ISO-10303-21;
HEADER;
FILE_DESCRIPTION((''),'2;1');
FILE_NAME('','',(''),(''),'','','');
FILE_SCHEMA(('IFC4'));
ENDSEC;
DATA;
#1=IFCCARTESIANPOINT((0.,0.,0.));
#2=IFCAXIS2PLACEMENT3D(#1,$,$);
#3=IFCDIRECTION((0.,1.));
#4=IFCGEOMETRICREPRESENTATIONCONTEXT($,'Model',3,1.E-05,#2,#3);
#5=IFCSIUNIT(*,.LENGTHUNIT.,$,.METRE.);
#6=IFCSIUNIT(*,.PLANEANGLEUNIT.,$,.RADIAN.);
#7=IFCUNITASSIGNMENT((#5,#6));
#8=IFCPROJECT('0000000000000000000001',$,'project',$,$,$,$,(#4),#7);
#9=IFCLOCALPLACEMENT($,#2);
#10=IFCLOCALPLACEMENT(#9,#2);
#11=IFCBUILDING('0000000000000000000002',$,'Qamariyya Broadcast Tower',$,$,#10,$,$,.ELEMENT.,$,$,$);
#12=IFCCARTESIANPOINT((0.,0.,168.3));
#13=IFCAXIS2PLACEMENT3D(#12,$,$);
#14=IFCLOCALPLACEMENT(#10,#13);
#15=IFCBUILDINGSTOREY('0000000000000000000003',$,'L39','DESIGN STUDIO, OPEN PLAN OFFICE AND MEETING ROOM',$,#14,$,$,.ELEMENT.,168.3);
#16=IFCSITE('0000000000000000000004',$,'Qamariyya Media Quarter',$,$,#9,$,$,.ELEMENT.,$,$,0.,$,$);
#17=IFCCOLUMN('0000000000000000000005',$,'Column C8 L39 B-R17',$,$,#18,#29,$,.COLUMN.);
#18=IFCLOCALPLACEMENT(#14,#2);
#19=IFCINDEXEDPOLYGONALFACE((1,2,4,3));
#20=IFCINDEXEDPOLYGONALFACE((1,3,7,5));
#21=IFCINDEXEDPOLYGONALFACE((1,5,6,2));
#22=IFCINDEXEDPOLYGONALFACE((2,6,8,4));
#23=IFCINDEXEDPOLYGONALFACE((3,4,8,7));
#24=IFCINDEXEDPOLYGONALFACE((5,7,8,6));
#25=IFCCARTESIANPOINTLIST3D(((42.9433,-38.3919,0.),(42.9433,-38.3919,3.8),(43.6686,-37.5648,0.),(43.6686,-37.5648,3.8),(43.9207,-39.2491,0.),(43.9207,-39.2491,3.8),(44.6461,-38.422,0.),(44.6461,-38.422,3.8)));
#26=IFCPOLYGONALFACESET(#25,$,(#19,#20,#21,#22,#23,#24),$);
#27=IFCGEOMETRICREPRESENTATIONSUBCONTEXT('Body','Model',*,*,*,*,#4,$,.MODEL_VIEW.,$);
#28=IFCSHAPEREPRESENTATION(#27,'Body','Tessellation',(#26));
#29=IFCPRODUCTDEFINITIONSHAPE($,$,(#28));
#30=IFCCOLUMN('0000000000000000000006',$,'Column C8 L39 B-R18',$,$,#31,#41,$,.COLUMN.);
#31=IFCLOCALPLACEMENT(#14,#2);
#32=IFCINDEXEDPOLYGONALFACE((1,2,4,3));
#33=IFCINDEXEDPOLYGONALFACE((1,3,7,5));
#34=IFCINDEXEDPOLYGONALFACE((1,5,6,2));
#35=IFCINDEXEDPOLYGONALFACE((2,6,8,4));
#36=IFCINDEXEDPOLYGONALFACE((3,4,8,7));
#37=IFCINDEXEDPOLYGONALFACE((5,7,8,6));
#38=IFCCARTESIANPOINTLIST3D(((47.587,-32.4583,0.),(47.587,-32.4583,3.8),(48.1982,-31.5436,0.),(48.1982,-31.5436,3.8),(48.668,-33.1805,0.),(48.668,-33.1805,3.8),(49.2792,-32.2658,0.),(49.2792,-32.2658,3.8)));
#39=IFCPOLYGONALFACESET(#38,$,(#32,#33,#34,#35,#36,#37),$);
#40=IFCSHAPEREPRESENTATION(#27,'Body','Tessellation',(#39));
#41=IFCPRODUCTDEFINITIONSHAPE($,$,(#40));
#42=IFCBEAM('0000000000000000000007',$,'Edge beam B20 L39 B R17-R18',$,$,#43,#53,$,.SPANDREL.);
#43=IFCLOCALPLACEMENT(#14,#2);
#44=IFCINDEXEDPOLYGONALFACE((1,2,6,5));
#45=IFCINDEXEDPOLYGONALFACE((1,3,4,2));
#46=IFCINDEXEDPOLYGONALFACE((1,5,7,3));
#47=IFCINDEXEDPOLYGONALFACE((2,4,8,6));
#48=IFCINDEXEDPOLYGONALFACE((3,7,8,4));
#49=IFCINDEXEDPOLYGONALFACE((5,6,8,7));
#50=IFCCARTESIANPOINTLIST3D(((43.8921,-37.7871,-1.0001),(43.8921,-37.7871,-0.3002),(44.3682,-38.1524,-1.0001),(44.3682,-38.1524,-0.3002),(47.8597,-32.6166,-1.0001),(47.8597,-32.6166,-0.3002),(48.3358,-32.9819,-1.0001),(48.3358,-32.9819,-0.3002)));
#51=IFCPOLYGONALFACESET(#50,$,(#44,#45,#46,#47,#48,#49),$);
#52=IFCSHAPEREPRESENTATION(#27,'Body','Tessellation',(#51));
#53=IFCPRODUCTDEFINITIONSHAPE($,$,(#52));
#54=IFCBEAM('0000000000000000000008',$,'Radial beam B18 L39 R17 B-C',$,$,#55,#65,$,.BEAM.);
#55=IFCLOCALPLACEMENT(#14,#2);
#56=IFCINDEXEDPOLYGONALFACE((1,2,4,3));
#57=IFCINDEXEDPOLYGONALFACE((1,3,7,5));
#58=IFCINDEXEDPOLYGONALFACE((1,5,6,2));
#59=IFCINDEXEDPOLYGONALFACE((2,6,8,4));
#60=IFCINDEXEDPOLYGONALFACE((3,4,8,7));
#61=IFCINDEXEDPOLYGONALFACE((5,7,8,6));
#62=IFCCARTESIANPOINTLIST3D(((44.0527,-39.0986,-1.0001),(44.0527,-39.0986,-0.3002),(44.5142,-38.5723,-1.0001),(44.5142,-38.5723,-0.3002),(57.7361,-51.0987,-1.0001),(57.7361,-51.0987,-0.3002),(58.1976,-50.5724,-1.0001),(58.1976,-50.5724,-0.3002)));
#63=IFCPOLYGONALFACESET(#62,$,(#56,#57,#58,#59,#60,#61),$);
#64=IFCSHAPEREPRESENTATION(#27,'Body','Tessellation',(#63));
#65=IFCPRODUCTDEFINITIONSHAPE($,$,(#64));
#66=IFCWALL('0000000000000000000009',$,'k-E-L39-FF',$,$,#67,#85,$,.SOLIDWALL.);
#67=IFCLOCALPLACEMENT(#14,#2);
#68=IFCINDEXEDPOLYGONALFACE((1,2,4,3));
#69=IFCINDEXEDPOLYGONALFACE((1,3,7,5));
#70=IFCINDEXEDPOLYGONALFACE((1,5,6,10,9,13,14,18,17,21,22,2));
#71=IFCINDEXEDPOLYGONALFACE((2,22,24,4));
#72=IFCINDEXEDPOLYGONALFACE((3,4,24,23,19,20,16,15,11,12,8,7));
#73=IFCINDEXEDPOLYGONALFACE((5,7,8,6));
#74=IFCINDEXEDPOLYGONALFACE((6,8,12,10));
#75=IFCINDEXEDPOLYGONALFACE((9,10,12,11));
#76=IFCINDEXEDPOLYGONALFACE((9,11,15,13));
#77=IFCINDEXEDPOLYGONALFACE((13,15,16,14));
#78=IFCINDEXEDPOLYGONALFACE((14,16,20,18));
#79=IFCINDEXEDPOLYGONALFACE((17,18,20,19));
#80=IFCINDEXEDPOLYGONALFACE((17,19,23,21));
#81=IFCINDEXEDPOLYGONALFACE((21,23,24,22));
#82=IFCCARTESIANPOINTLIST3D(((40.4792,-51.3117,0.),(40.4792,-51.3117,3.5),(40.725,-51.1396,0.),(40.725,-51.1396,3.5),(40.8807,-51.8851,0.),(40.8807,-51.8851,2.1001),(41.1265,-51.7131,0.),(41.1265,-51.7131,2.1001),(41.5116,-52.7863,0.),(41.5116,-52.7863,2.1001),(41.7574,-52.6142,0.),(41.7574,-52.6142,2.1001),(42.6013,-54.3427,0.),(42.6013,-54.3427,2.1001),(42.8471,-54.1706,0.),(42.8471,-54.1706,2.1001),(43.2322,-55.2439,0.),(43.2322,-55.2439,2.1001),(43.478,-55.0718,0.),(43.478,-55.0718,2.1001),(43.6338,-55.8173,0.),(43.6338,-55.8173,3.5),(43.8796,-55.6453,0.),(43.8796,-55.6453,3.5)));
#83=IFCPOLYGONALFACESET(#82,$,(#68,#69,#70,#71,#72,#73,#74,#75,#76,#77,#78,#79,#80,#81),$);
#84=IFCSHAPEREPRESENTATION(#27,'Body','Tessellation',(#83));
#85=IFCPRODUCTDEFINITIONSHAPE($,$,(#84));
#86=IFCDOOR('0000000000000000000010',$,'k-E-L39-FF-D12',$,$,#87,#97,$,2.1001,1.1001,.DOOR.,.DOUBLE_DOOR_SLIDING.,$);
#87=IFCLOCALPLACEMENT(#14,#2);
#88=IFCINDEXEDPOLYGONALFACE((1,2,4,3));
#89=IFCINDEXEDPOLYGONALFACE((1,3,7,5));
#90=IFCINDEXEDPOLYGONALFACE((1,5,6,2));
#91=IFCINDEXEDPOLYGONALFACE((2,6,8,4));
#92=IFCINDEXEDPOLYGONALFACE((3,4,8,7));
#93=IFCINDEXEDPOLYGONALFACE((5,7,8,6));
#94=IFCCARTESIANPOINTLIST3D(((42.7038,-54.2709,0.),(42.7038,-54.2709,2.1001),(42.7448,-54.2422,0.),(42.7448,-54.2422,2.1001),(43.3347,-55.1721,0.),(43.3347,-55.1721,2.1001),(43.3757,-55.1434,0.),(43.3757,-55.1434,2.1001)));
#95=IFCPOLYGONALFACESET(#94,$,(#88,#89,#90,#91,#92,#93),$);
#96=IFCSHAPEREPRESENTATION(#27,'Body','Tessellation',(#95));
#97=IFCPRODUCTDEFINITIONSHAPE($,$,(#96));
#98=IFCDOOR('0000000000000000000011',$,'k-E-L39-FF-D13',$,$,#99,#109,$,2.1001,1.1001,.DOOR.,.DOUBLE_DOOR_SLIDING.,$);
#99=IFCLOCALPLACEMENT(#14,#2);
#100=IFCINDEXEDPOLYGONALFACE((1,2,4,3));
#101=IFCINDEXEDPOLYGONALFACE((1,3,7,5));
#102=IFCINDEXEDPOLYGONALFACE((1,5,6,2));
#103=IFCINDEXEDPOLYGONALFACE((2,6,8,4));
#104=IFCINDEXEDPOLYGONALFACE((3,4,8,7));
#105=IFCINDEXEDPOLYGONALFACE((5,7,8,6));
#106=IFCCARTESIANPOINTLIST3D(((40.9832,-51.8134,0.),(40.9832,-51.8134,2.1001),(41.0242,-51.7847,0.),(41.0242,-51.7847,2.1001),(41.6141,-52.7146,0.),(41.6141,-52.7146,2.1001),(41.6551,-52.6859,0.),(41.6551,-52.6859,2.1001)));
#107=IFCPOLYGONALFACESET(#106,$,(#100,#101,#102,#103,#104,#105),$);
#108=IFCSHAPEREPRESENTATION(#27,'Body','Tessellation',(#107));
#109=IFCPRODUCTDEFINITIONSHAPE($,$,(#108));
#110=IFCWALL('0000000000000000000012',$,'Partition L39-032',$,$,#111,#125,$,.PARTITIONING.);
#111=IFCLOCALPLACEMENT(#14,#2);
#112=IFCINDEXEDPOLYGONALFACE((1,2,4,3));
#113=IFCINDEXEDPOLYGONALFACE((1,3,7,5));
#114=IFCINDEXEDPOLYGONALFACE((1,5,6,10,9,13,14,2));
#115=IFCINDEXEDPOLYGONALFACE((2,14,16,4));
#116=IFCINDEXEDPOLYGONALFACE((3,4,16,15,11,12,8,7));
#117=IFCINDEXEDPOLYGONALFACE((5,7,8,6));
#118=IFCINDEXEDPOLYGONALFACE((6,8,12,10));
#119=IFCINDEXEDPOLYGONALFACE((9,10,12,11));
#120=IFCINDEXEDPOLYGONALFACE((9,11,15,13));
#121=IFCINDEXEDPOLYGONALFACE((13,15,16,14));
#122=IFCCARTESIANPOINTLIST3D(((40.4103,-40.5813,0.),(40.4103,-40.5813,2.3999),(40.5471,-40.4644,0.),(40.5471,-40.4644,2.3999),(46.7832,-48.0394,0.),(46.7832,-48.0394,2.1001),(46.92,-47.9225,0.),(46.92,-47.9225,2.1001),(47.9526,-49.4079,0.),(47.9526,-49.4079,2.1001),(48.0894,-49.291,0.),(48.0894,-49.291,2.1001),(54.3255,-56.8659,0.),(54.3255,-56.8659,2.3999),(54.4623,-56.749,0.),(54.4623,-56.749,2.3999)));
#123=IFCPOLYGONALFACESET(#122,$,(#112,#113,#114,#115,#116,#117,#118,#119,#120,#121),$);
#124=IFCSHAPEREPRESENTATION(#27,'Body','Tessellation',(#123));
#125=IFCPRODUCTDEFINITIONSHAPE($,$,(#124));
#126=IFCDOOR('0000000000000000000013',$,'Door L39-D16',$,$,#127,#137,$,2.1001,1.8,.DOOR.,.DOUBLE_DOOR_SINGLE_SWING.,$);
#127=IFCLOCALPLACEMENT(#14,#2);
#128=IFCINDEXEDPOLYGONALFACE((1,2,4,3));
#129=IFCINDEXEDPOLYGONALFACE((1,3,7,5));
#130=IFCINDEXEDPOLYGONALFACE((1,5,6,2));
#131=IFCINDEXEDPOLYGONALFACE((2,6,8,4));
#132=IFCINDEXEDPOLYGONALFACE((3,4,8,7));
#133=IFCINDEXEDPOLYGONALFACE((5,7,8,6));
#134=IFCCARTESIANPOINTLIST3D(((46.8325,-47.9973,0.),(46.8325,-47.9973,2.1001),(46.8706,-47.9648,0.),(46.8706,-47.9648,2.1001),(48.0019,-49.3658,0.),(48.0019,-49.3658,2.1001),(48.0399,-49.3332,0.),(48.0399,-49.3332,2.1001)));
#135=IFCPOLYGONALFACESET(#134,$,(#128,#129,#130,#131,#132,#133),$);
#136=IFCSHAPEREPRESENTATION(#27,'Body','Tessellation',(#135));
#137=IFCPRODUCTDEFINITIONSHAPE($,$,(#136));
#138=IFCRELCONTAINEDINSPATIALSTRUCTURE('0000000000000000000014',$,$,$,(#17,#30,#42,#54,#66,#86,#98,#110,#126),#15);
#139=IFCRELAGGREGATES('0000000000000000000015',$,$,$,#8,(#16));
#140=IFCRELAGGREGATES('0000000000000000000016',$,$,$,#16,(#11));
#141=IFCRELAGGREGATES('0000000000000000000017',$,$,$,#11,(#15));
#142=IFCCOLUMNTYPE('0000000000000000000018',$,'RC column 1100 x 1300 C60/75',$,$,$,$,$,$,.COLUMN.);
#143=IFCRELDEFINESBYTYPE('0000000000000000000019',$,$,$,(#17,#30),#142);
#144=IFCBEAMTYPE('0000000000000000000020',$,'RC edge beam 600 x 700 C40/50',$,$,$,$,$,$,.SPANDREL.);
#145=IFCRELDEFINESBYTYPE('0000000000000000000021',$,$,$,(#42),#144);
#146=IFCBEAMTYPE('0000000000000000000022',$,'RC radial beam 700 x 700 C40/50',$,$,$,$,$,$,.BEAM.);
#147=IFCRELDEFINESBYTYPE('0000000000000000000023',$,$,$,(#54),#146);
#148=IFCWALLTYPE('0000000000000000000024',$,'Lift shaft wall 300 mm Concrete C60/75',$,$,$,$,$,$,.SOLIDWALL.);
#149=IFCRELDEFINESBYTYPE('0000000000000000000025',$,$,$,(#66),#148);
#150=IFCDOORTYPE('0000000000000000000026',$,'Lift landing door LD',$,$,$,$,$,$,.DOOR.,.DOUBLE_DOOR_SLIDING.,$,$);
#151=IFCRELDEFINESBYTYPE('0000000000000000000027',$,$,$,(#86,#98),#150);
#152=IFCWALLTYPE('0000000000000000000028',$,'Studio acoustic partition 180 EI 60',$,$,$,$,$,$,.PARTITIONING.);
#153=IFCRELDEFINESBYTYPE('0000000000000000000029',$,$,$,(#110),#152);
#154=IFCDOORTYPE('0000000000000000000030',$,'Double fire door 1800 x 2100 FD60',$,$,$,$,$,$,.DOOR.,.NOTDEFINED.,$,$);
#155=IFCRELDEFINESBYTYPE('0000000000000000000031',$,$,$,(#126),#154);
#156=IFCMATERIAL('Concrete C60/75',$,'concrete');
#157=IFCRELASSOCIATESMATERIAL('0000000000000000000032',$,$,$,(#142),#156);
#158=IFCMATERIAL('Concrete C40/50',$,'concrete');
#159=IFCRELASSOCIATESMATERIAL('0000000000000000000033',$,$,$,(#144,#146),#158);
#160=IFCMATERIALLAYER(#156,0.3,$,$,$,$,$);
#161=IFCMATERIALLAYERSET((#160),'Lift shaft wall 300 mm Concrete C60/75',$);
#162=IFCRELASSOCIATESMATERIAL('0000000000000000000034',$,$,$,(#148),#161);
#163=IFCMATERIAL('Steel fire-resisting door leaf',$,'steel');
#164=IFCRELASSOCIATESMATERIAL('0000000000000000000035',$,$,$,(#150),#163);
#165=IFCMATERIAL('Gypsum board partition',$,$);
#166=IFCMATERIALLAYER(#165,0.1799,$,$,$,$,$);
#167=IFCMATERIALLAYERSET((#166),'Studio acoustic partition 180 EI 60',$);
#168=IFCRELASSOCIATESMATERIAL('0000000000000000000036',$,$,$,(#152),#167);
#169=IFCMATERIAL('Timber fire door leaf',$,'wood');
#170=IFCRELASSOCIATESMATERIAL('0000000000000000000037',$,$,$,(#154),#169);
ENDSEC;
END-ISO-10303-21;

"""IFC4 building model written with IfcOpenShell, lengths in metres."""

from ifc_helpers import new_model, si_unit, direction, frame, frame_2d, origin, origin_2d, place, context, subcontext, project, spatial, rectangle, extrude, material, layer, layer_set, material_profile, profile_set, type_object, element, fill, save


model = new_model("IFC4")

# Units and contexts
model_context = context("Model", 3, precision=1e-05, world=origin(), true_north=direction((0.0, 1.0)))
body_context = subcontext(model_context, "Body", "Model", "MODEL_VIEW")
ifc_project = project(units=[si_unit("LENGTHUNIT", "METRE"), si_unit("PLANEANGLEUNIT", "RADIAN")], contexts=[model_context])

# Site, building, storey
site_placement = place(None, origin())
site = spatial("IfcSite", under=ifc_project, at=site_placement, Name="Qamariyya Media Quarter", CompositionType="ELEMENT", RefElevation=0.0)
building_placement = place(site_placement, origin())
building = spatial("IfcBuilding", under=site, at=building_placement, Name="Qamariyya Broadcast Tower", CompositionType="ELEMENT")
storey_placement = place(building_placement, frame((0.0, 0.0, 168.3)))
storey = spatial("IfcBuildingStorey", under=building, at=storey_placement, Name="L39", Description="DESIGN STUDIO, OPEN PLAN OFFICE AND MEETING ROOM", CompositionType="ELEMENT", Elevation=168.3)

# Columns
ifc_material_1 = material(Name="Concrete C60/75", Category="concrete")
ifc_material_profile_1 = material_profile(ifc_material_1, rectangle(XDim=1.1001, YDim=1.3, at=origin_2d()))
ifc_profile_set_1 = profile_set([ifc_material_profile_1], Name="Concrete C60/75")
column_type = type_object("IfcColumnType", Name="RC column 1100 x 1300 C60/75", PredefinedType="COLUMN", material=ifc_profile_set_1)
for number, where, z_axis, x_axis, name in (
    (1, (43.7947, -38.407, 0.0), (0.0, 0.0, 1.0), (0.659346, 0.75184, 0.0), "Column C8 L39 B-R17"),
    (2, (48.4331, -32.3621, 0.0), (0.0, 0.0, 1.0), (0.55557, 0.83147, 0.0), "Column C8 L39 B-R18"),
):
    element("IfcColumn", number, at=place(storey_placement, frame(where, z_axis=z_axis, x_axis=x_axis)), inside=storey, type_object=column_type, Name=name, PredefinedType="COLUMN", context=body_context, shape_type="SweptSolid", body=[
        extrude(rectangle(XDim=1.1001, YDim=1.3, at=origin_2d()), origin(), (0.0, 0.0, 1.0), 3.8),
    ])

# Beams
ifc_material_2 = material(Name="Concrete C40/50", Category="concrete")
ifc_material_profile_2 = material_profile(ifc_material_2, rectangle(XDim=0.6001, YDim=0.7, at=origin_2d()))
ifc_profile_set_2 = profile_set([ifc_material_profile_2], Name="Concrete C40/50")
beam_type_1 = type_object("IfcBeamType", Name="RC edge beam 600 x 700 C40/50", PredefinedType="SPANDREL", material=ifc_profile_set_2)
beam_1_placement = place(storey_placement, frame((44.1301, -37.9697, -0.6501), z_axis=(0.608774, 0.793343, 0.0), x_axis=(-0.793343, 0.608774, 0.0)))
element("IfcBeam", 3, at=beam_1_placement, inside=storey, type_object=beam_type_1, Name="Edge beam B20 L39 B R17-R18", PredefinedType="SPANDREL", context=body_context, shape_type="SweptSolid", body=[
    extrude(rectangle(XDim=0.6001, YDim=0.7, at=origin_2d()), origin(), (0.0, 0.0, 1.0), 6.5173),
])
ifc_material_profile_3 = material_profile(ifc_material_2, rectangle(XDim=0.7, YDim=0.7, at=origin_2d()))
ifc_profile_set_3 = profile_set([ifc_material_profile_3], Name="Concrete C40/50")
beam_type_2 = type_object("IfcBeamType", Name="RC radial beam 700 x 700 C40/50", PredefinedType="BEAM", material=ifc_profile_set_3)
beam_2_placement = place(storey_placement, frame((44.2834, -38.8354, -0.6501), z_axis=(0.751839, -0.659347, 0.0), x_axis=(0.659347, 0.751839, 0.0)))
element("IfcBeam", 4, at=beam_2_placement, inside=storey, type_object=beam_type_2, Name="Radial beam B18 L39 R17 B-C", PredefinedType="BEAM", context=body_context, shape_type="SweptSolid", body=[
    extrude(rectangle(XDim=0.7, YDim=0.7, at=origin_2d()), origin(), (0.0, 0.0, 1.0), 18.2),
])

# Wall, openings, doors
ifc_layer_1 = layer(ifc_material_1, 0.3)
ifc_layer_set_1 = layer_set([ifc_layer_1], Name="Lift shaft wall 300 mm Concrete C60/75")
wall_type_1 = type_object("IfcWallType", Name="Lift shaft wall 300 mm Concrete C60/75", PredefinedType="SOLIDWALL", material=ifc_layer_set_1)
wall_1_placement = place(storey_placement, frame((43.7566, -55.7312, 0.0), z_axis=(0.0, 0.0, 1.0), x_axis=(-0.573537, 0.81918, 0.0)))
wall_1 = element("IfcWall", 5, at=wall_1_placement, inside=storey, type_object=wall_type_1, Name="k-E-L39-FF", PredefinedType="SOLIDWALL", context=body_context, shape_type="SweptSolid", body=[
    extrude(rectangle(XDim=5.5002, YDim=0.3, at=frame_2d((2.75, 0.0))), origin(), (0.0, 0.0, 1.0), 3.5),
])
opening_1_placement = place(wall_1_placement, frame((0.7, 0.0, 0.0)))
opening_1 = element("IfcOpeningElement", 6, at=opening_1_placement, cuts=wall_1, PredefinedType="OPENING", context=body_context, shape_type="SweptSolid", body=[
    extrude(rectangle(XDim=1.1001, YDim=2.1001, at=frame_2d((0.55, 1.05))), frame((0.0, 0.1599, 0.0), z_axis=(0.0, -1.0, 0.0), x_axis=(1.0, 0.0, 0.0)), (0.0, 0.0, 1.0), 0.3201),
])
opening_2_placement = place(wall_1_placement, frame((3.7, 0.0, 0.0)))
opening_2 = element("IfcOpeningElement", 7, at=opening_2_placement, cuts=wall_1, PredefinedType="OPENING", context=body_context, shape_type="SweptSolid", body=[
    extrude(rectangle(XDim=1.1001, YDim=2.1001, at=frame_2d((0.55, 1.05))), frame((0.0, 0.1599, 0.0), z_axis=(0.0, -1.0, 0.0), x_axis=(1.0, 0.0, 0.0)), (0.0, 0.0, 1.0), 0.3201),
])
ifc_material_3 = material(Name="Steel fire-resisting door leaf", Category="steel")
door_type_1 = type_object("IfcDoorType", Name="Lift landing door LD", OperationType="DOUBLE_DOOR_SLIDING", PredefinedType="DOOR", material=ifc_material_3)
door_1_placement = place(opening_1_placement, origin())
door_1 = element("IfcDoor", 8, at=door_1_placement, inside=storey, type_object=door_type_1, Name="k-E-L39-FF-D12", OperationType="DOUBLE_DOOR_SLIDING", OverallHeight=2.1001, OverallWidth=1.1001, PredefinedType="DOOR", context=body_context, shape_type="SweptSolid", body=[
    extrude(rectangle(XDim=1.1001, YDim=2.1001, at=frame_2d((0.55, 1.05))), frame((0.0, 0.0249, 0.0), z_axis=(0.0, -1.0, 0.0), x_axis=(1.0, 0.0, 0.0)), (0.0, 0.0, 1.0), 0.05),
])
fill(opening_1, door_1)
door_2_placement = place(opening_2_placement, origin())
door_2 = element("IfcDoor", 9, at=door_2_placement, inside=storey, type_object=door_type_1, Name="k-E-L39-FF-D13", OperationType="DOUBLE_DOOR_SLIDING", OverallHeight=2.1001, OverallWidth=1.1001, PredefinedType="DOOR", context=body_context, shape_type="SweptSolid", body=[
    extrude(rectangle(XDim=1.1001, YDim=2.1001, at=frame_2d((0.55, 1.05))), frame((0.0, 0.0249, 0.0), z_axis=(0.0, -1.0, 0.0), x_axis=(1.0, 0.0, 0.0)), (0.0, 0.0, 1.0), 0.05),
])
fill(opening_2, door_2)

# Wall, opening, door
ifc_material_4 = material(Name="Gypsum board partition")
ifc_layer_2 = layer(ifc_material_4, 0.1799)
ifc_layer_set_2 = layer_set([ifc_layer_2], Name="Studio acoustic partition 180 EI 60")
wall_type_2 = type_object("IfcWallType", Name="Studio acoustic partition 180 EI 60", PredefinedType="PARTITIONING", material=ifc_layer_set_2)
wall_2_placement = place(storey_placement, frame((40.4788, -40.5229, 0.0), z_axis=(0.0, 0.0, 1.0), x_axis=(0.649633, -0.760248, 0.0)))
wall_2 = element("IfcWall", 10, at=wall_2_placement, inside=storey, type_object=wall_type_2, Name="Partition L39-032", PredefinedType="PARTITIONING", context=body_context, shape_type="SweptSolid", body=[
    extrude(rectangle(XDim=21.4202, YDim=0.1799, at=frame_2d((10.71, 0.0))), origin(), (0.0, 0.0, 1.0), 2.3999),
])
opening_3_placement = place(wall_2_placement, frame((9.8101, 0.0, 0.0)))
opening_3 = element("IfcOpeningElement", 11, at=opening_3_placement, cuts=wall_2, PredefinedType="OPENING", context=body_context, shape_type="SweptSolid", body=[
    extrude(rectangle(XDim=1.8, YDim=2.1001, at=frame_2d((0.8999, 1.05))), frame((0.0, 0.0999, 0.0), z_axis=(0.0, -1.0, 0.0), x_axis=(1.0, 0.0, 0.0)), (0.0, 0.0, 1.0), 0.2),
])
ifc_material_5 = material(Name="Timber fire door leaf", Category="wood")
door_type_2 = type_object("IfcDoorType", Name="Double fire door 1800 x 2100 FD60", OperationType="NOTDEFINED", PredefinedType="DOOR", material=ifc_material_5)
door_3_placement = place(opening_3_placement, origin())
door_3 = element("IfcDoor", 12, at=door_3_placement, inside=storey, type_object=door_type_2, Name="Door L39-D16", OperationType="DOUBLE_DOOR_SINGLE_SWING", OverallHeight=2.1001, OverallWidth=1.8, PredefinedType="DOOR", context=body_context, shape_type="SweptSolid", body=[
    extrude(rectangle(XDim=1.8, YDim=2.1001, at=frame_2d((0.8999, 1.05))), frame((0.0, 0.0249, 0.0), z_axis=(0.0, -1.0, 0.0), x_axis=(1.0, 0.0, 0.0)), (0.0, 0.0, 1.0), 0.05),
])
fill(opening_3, door_3)

save(model, "model.ifc")
